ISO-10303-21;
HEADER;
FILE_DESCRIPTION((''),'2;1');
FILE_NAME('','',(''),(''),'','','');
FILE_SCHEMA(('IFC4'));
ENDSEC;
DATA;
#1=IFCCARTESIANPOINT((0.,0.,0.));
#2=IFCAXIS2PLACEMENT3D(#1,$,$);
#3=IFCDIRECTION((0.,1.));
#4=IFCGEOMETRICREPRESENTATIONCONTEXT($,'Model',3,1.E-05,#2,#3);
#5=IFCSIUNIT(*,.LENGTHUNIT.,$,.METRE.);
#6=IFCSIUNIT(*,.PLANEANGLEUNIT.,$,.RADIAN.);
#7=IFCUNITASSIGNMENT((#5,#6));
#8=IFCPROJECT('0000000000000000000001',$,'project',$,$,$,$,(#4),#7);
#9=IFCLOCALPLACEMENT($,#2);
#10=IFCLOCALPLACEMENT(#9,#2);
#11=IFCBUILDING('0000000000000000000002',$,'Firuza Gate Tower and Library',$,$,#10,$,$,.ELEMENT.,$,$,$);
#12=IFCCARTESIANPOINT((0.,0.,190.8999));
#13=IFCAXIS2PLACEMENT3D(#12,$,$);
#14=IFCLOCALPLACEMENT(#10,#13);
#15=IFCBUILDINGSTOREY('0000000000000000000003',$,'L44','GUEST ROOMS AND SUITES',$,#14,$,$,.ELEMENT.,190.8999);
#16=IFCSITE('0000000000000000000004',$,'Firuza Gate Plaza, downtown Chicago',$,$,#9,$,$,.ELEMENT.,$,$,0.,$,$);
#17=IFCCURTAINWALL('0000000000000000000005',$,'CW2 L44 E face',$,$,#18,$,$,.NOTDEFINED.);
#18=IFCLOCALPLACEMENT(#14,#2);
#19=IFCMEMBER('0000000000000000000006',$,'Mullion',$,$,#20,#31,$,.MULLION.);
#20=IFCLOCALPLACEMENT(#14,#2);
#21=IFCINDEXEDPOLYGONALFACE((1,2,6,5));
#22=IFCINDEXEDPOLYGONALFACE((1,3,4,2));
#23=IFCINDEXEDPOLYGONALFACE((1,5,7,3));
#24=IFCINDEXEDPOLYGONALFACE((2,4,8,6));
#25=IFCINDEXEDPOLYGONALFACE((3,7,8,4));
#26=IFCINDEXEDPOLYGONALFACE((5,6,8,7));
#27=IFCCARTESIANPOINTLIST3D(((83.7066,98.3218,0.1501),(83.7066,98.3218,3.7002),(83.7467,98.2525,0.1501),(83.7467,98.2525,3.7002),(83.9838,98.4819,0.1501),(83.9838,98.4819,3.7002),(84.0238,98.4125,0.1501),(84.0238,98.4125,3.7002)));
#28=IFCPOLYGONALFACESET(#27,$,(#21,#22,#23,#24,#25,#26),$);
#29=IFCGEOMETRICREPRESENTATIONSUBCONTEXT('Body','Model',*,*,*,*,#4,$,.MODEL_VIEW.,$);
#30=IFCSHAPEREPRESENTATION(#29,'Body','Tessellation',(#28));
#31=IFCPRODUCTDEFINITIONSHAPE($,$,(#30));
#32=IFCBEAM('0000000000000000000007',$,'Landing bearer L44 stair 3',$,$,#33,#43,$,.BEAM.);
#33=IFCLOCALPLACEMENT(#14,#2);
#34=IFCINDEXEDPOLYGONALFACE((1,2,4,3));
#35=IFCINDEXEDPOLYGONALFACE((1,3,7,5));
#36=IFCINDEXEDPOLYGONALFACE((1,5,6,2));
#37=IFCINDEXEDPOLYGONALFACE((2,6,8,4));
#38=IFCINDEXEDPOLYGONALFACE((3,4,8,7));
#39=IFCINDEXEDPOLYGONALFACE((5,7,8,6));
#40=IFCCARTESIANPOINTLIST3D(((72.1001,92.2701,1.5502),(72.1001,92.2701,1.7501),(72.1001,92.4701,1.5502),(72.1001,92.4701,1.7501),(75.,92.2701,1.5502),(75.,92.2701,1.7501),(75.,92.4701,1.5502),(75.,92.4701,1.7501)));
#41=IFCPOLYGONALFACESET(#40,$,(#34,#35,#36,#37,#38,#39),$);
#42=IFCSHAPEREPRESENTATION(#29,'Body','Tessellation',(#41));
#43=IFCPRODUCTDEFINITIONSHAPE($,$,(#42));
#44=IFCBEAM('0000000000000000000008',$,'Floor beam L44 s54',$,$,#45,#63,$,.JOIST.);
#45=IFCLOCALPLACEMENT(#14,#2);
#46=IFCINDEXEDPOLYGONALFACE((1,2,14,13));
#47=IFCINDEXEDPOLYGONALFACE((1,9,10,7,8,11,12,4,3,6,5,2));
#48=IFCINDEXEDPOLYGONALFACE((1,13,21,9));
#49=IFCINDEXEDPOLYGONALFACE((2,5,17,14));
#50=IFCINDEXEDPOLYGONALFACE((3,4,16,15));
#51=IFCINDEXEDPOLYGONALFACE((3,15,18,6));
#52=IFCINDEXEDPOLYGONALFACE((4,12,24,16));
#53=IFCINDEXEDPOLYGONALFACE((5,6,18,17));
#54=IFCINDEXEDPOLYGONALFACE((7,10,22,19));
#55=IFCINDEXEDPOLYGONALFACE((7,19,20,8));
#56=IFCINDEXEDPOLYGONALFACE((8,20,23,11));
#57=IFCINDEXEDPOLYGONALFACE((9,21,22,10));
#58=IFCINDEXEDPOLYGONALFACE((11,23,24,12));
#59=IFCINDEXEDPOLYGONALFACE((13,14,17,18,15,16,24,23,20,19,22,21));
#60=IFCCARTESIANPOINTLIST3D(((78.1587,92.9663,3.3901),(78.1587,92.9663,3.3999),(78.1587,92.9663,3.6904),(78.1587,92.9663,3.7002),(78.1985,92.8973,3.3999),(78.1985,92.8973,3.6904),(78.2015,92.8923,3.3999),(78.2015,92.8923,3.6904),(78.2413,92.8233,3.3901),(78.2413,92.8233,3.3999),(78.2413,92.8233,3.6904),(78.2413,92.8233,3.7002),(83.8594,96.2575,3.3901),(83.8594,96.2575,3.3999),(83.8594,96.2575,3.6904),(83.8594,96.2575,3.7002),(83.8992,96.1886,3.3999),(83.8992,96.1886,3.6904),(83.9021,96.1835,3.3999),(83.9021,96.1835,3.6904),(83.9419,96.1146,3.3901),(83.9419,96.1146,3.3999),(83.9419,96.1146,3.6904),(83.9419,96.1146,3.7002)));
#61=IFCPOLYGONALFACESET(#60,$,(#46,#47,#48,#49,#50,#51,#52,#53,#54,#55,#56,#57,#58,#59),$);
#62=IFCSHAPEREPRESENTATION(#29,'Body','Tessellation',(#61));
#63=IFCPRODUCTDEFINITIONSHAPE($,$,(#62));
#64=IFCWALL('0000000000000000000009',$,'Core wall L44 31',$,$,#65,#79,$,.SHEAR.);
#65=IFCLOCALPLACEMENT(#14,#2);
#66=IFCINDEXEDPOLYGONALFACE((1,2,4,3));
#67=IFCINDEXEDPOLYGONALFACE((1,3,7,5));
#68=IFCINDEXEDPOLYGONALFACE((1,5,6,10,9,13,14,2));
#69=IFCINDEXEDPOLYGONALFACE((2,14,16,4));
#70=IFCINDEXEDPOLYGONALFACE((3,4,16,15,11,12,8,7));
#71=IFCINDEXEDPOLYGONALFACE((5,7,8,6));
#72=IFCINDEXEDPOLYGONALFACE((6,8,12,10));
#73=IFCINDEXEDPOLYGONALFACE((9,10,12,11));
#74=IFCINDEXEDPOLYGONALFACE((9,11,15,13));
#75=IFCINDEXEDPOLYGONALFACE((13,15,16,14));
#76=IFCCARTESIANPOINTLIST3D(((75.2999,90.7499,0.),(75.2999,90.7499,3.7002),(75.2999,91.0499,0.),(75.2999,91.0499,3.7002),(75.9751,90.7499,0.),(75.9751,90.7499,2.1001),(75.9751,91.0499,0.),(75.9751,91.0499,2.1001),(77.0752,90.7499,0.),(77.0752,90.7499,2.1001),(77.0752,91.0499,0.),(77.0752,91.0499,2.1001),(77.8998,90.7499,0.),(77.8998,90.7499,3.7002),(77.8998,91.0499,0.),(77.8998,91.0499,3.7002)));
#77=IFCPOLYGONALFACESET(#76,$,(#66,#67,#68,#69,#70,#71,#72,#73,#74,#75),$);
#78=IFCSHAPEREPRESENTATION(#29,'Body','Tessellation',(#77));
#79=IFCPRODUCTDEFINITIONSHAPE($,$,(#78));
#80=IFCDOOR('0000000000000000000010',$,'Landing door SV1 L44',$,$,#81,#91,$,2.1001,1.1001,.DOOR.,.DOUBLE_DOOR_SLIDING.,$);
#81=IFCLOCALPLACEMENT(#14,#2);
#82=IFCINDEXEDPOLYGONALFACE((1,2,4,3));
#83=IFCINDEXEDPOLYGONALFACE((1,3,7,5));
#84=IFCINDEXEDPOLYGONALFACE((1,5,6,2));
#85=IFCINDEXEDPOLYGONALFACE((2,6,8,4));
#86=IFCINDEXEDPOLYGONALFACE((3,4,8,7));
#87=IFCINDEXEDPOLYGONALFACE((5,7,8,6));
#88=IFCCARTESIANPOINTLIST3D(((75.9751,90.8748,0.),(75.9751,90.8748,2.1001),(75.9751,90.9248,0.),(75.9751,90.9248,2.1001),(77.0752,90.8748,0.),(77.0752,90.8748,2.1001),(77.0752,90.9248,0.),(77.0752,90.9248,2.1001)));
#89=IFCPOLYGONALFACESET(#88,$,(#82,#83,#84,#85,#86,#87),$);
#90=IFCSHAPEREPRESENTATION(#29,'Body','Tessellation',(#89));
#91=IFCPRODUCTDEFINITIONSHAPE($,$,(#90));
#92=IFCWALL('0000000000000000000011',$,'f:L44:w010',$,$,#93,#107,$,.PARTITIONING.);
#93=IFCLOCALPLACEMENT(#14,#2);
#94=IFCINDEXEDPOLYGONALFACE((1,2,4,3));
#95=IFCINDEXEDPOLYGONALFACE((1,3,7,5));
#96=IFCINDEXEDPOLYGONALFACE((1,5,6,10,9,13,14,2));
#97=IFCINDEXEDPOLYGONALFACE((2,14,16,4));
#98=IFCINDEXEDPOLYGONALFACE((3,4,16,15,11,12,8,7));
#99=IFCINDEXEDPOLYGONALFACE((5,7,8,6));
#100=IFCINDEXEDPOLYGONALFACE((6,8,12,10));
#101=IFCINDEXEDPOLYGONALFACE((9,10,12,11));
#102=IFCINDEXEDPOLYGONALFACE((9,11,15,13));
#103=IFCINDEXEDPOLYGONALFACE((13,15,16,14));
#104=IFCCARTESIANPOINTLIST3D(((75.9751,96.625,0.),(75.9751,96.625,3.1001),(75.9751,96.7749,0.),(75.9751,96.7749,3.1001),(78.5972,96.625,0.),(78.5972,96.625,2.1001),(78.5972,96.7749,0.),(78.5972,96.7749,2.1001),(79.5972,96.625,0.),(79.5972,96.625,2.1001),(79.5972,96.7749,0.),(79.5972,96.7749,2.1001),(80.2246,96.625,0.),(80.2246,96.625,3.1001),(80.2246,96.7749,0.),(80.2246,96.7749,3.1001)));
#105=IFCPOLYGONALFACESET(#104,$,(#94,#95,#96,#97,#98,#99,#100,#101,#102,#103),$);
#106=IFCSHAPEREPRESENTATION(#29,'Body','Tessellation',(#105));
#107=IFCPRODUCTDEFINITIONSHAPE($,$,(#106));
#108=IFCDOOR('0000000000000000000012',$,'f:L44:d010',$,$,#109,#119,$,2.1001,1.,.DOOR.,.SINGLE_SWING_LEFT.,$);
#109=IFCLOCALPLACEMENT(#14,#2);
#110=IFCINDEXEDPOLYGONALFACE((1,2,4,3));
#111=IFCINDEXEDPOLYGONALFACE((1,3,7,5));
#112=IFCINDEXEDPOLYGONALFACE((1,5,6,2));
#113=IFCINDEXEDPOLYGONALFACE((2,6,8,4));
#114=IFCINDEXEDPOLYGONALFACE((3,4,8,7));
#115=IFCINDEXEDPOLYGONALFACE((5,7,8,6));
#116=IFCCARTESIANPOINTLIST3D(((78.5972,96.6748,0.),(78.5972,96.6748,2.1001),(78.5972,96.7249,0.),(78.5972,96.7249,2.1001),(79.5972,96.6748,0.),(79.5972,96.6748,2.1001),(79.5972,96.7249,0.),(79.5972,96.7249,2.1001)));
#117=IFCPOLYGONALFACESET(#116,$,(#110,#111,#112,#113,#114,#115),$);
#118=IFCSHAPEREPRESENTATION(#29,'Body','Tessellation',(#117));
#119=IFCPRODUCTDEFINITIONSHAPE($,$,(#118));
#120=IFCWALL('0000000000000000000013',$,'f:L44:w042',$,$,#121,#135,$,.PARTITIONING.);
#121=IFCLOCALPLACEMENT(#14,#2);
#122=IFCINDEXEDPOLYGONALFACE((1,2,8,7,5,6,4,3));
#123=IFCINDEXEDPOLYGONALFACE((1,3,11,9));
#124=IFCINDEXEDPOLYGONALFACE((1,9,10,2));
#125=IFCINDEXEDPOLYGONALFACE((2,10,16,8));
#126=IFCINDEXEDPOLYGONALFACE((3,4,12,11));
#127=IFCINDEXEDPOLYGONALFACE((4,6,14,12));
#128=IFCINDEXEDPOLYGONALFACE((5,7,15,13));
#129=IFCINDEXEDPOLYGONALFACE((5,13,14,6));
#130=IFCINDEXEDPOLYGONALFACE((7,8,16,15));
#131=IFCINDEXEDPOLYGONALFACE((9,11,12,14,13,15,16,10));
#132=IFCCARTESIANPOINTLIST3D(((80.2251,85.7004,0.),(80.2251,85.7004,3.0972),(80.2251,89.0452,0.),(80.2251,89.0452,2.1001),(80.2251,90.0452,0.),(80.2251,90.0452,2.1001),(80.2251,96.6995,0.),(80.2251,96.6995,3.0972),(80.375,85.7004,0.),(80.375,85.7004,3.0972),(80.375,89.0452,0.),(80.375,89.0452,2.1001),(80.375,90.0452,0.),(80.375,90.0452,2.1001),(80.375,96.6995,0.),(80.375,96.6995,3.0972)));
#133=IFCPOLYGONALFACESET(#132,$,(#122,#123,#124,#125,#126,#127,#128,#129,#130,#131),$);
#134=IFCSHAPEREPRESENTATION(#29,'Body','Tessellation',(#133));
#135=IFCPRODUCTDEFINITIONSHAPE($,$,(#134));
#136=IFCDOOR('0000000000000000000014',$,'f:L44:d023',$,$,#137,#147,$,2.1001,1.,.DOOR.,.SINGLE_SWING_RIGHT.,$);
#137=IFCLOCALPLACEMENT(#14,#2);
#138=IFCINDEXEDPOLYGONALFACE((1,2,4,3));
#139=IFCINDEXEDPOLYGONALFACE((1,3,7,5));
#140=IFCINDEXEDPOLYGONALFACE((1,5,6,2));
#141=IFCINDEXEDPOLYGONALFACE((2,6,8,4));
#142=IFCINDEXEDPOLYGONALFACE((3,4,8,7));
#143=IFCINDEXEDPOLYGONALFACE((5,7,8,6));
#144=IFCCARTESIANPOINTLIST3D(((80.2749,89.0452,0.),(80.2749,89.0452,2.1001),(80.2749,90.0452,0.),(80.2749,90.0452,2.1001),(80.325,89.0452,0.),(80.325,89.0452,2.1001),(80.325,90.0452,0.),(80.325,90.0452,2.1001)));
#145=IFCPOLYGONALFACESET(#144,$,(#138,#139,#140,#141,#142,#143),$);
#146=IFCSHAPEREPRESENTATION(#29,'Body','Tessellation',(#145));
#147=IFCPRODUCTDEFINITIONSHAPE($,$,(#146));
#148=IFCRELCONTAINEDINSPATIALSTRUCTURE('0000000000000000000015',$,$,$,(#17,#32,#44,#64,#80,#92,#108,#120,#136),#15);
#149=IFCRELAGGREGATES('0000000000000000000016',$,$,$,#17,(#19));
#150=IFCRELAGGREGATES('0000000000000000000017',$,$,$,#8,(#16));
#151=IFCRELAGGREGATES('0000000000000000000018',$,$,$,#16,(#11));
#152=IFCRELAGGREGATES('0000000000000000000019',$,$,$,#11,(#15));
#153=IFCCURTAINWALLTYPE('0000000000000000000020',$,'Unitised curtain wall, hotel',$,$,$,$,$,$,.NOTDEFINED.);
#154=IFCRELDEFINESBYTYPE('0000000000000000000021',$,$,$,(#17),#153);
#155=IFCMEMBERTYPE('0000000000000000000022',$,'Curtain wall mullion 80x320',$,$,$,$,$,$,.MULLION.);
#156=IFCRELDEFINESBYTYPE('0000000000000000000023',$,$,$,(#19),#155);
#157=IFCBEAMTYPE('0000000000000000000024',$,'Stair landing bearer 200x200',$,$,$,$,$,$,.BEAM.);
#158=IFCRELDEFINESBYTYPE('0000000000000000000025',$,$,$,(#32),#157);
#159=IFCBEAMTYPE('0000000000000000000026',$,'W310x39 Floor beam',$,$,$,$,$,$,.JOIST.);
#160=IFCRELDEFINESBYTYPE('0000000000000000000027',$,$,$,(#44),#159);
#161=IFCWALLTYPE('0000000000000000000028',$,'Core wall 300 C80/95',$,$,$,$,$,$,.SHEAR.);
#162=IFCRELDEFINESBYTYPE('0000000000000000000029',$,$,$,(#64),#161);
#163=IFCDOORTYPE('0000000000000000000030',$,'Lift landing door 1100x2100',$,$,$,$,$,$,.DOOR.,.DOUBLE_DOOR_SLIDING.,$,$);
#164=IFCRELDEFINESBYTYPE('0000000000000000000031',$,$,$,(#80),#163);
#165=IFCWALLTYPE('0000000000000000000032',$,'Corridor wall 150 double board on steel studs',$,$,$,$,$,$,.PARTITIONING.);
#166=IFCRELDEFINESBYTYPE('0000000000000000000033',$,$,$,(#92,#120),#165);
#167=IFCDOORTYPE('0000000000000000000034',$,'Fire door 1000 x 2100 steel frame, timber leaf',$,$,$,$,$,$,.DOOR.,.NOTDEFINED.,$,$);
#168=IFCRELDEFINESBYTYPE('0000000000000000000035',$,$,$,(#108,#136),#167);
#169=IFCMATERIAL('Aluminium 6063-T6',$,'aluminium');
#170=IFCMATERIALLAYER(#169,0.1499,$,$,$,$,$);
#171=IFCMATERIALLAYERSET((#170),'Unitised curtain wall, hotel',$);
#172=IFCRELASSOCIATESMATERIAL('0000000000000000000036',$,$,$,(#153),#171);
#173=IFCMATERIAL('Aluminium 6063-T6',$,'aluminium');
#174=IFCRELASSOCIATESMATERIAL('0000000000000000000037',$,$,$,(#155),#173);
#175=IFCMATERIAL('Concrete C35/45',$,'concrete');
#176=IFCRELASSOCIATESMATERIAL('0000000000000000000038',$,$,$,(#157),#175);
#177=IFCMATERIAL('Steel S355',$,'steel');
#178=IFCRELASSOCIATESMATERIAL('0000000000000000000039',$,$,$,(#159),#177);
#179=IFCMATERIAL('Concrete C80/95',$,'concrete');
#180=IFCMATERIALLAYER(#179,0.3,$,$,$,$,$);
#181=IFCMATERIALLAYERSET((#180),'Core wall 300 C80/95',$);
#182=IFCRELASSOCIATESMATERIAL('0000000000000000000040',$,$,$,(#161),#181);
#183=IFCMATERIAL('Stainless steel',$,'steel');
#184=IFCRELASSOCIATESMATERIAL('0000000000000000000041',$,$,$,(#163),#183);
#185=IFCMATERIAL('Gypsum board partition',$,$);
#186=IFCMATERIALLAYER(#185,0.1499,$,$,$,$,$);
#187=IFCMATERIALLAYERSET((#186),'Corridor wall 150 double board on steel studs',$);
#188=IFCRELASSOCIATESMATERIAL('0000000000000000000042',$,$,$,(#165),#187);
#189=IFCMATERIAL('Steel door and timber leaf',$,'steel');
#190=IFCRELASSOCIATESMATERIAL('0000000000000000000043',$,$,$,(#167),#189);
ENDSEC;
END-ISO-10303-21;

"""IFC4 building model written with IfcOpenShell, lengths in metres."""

from ifc_helpers import new_model, si_unit, direction, frame, frame_2d, origin, origin_2d, place, context, subcontext, project, spatial, rectangle, i_section, extrude, material, layer, layer_set, material_profile, profile_set, type_object, element, fill, aggregate, save


model = new_model("IFC4")

# Units and contexts
model_context = context("Model", 3, precision=1e-05, world=origin(), true_north=direction((0.0, 1.0)))
body_context = subcontext(model_context, "Body", "Model", "MODEL_VIEW")
ifc_project = project(units=[si_unit("LENGTHUNIT", "METRE"), si_unit("PLANEANGLEUNIT", "RADIAN")], contexts=[model_context])

# Site, building, storey
site_placement = place(None, origin())
site = spatial("IfcSite", under=ifc_project, at=site_placement, Name="Firuza Gate Plaza, downtown Chicago", CompositionType="ELEMENT", RefElevation=0.0)
building_placement = place(site_placement, origin())
building = spatial("IfcBuilding", under=site, at=building_placement, Name="Firuza Gate Tower and Library", CompositionType="ELEMENT")
storey_placement = place(building_placement, frame((0.0, 0.0, 190.8999)))
storey = spatial("IfcBuildingStorey", under=building, at=storey_placement, Name="L44", Description="GUEST ROOMS AND SUITES", CompositionType="ELEMENT", Elevation=190.8999)

# Curtain wall, member
ifc_material_1 = material(Name="Aluminium 6063-T6", Category="aluminium")
ifc_layer_1 = layer(ifc_material_1, 0.1499)
ifc_layer_set_1 = layer_set([ifc_layer_1], Name="Unitised curtain wall, hotel")
curtain_wall_type = type_object("IfcCurtainWallType", Name="Unitised curtain wall, hotel", PredefinedType="NOTDEFINED", material=ifc_layer_set_1)
placement = place(storey_placement, origin())
curtain_wall = element("IfcCurtainWall", 1, at=placement, inside=storey, type_object=curtain_wall_type, Name="CW2 L44 E face", PredefinedType="NOTDEFINED")
ifc_material_2 = material(Name="Aluminium 6063-T6", Category="aluminium")
ifc_material_profile_1 = material_profile(ifc_material_2, rectangle(XDim=0.3201, YDim=0.0801, at=origin_2d()))
ifc_profile_set_1 = profile_set([ifc_material_profile_1], Name="Aluminium 6063-T6")
member_type = type_object("IfcMemberType", Name="Curtain wall mullion 80x320", PredefinedType="MULLION", material=ifc_profile_set_1)
member_placement = place(storey_placement, frame((83.8652, 98.3672, 0.1501), z_axis=(0.0, 0.0, 1.0), x_axis=(-0.866025, -0.5, 0.0)))
member = element("IfcMember", 2, at=member_placement, type_object=member_type, Name="Mullion", PredefinedType="MULLION", context=body_context, shape_type="SweptSolid", body=[
    extrude(rectangle(XDim=0.3201, YDim=0.0801, at=origin_2d()), origin(), (0.0, 0.0, 1.0), 3.55),
])
aggregate(curtain_wall, [member])

# Beams
ifc_material_3 = material(Name="Concrete C35/45", Category="concrete")
ifc_material_profile_2 = material_profile(ifc_material_3, rectangle(XDim=0.2, YDim=0.2, at=origin_2d()))
ifc_profile_set_2 = profile_set([ifc_material_profile_2], Name="Concrete C35/45")
beam_type_1 = type_object("IfcBeamType", Name="Stair landing bearer 200x200", PredefinedType="BEAM", material=ifc_profile_set_2)
beam_1_placement = place(storey_placement, frame((75.0, 92.3701, 1.6501), z_axis=(-1.0, 0.0, 0.0), x_axis=(0.0, -1.0, 0.0)))
element("IfcBeam", 3, at=beam_1_placement, inside=storey, type_object=beam_type_1, Name="Landing bearer L44 stair 3", PredefinedType="BEAM", context=body_context, shape_type="SweptSolid", body=[
    extrude(rectangle(XDim=0.2, YDim=0.2, at=origin_2d()), origin(), (0.0, 0.0, 1.0), 2.8999),
])
ifc_material_4 = material(Name="Steel S355", Category="steel")
ifc_material_profile_3 = material_profile(ifc_material_4, i_section(OverallWidth=0.165, OverallDepth=0.3101, WebThickness=0.0059, FlangeThickness=0.0098, at=origin_2d()))
ifc_profile_set_3 = profile_set([ifc_material_profile_3], Name="Steel S355")
beam_type_2 = type_object("IfcBeamType", Name="W310x39 Floor beam", PredefinedType="JOIST", material=ifc_profile_set_3)
beam_2_placement = place(storey_placement, frame((83.9006, 96.186, 3.5452), z_axis=(-0.866027, -0.499996, 0.0), x_axis=(0.499996, -0.866027, 0.0)))
element("IfcBeam", 4, at=beam_2_placement, inside=storey, type_object=beam_type_2, Name="Floor beam L44 s54", PredefinedType="JOIST", context=body_context, shape_type="SweptSolid", body=[
    extrude(i_section(OverallWidth=0.165, OverallDepth=0.3101, WebThickness=0.0059, FlangeThickness=0.0098, at=origin_2d()), origin(), (0.0, 0.0, 1.0), 6.5825),
])

# Walls, openings, doors
ifc_material_5 = material(Name="Concrete C80/95", Category="concrete")
ifc_layer_2 = layer(ifc_material_5, 0.3)
ifc_layer_set_2 = layer_set([ifc_layer_2], Name="Core wall 300 C80/95")
wall_type_1 = type_object("IfcWallType", Name="Core wall 300 C80/95", PredefinedType="SHEAR", material=ifc_layer_set_2)
wall_1_placement = place(storey_placement, frame((75.3, 90.8999, 0.0), z_axis=(0.0, 0.0, 1.0), x_axis=(1.0, 0.0, 0.0)))
wall_1 = element("IfcWall", 5, at=wall_1_placement, inside=storey, type_object=wall_type_1, Name="Core wall L44 31", PredefinedType="SHEAR", context=body_context, shape_type="SweptSolid", body=[
    extrude(rectangle(XDim=2.5999, YDim=0.3, at=frame_2d((1.2998, 0.0))), origin(), (0.0, 0.0, 1.0), 3.7002),
])
opening_1_placement = place(wall_1_placement, frame((0.675, 0.0, 0.0)))
opening_1 = element("IfcOpeningElement", 6, at=opening_1_placement, cuts=wall_1, PredefinedType="OPENING", context=body_context, shape_type="SweptSolid", body=[
    extrude(rectangle(XDim=1.1001, YDim=2.1001, at=frame_2d((0.55, 1.05))), frame((0.0, 0.1602, 0.0), z_axis=(0.0, -1.0, 0.0), x_axis=(1.0, 0.0, 0.0)), (0.0, 0.0, 1.0), 0.3201),
])
ifc_material_6 = material(Name="Stainless steel", Category="steel")
door_type_1 = type_object("IfcDoorType", Name="Lift landing door 1100x2100", OperationType="DOUBLE_DOOR_SLIDING", PredefinedType="DOOR", material=ifc_material_6)
door_1_placement = place(opening_1_placement, origin())
door_1 = element("IfcDoor", 7, at=door_1_placement, inside=storey, type_object=door_type_1, Name="Landing door SV1 L44", OperationType="DOUBLE_DOOR_SLIDING", OverallHeight=2.1001, OverallWidth=1.1001, PredefinedType="DOOR", context=body_context, shape_type="SweptSolid", body=[
    extrude(rectangle(XDim=1.1001, YDim=2.1001, at=frame_2d((0.55, 1.05))), frame((0.0, 0.0249, 0.0), z_axis=(0.0, -1.0, 0.0), x_axis=(1.0, 0.0, 0.0)), (0.0, 0.0, 1.0), 0.05),
])
fill(opening_1, door_1)
ifc_material_7 = material(Name="Gypsum board partition")
ifc_layer_3 = layer(ifc_material_7, 0.1499)
ifc_layer_set_3 = layer_set([ifc_layer_3], Name="Corridor wall 150 double board on steel studs")
wall_type_2 = type_object("IfcWallType", Name="Corridor wall 150 double board on steel studs", PredefinedType="PARTITIONING", material=ifc_layer_set_3)
wall_2_placement = place(storey_placement, frame((75.9751, 96.7, 0.0), z_axis=(0.0, 0.0, 1.0), x_axis=(1.0, 0.0, 0.0)))
wall_2 = element("IfcWall", 8, at=wall_2_placement, inside=storey, type_object=wall_type_2, Name="f:L44:w010", PredefinedType="PARTITIONING", context=body_context, shape_type="SweptSolid", body=[
    extrude(rectangle(XDim=4.2495, YDim=0.1499, at=frame_2d((2.1248, 0.0))), origin(), (0.0, 0.0, 1.0), 3.1001),
])
opening_2_placement = place(wall_2_placement, frame((2.6221, 0.0, 0.0)))
opening_2 = element("IfcOpeningElement", 9, at=opening_2_placement, cuts=wall_2, PredefinedType="OPENING", context=body_context, shape_type="SweptSolid", body=[
    extrude(rectangle(XDim=1.0, YDim=2.1001, at=frame_2d((0.5, 1.05))), frame((0.0, 0.085, 0.0), z_axis=(0.0, -1.0, 0.0), x_axis=(1.0, 0.0, 0.0)), (0.0, 0.0, 1.0), 0.1699),
])
ifc_material_8 = material(Name="Steel door and timber leaf", Category="steel")
door_type_2 = type_object("IfcDoorType", Name="Fire door 1000 x 2100 steel frame, timber leaf", OperationType="NOTDEFINED", PredefinedType="DOOR", material=ifc_material_8)
door_2_placement = place(opening_2_placement, origin())
door_2 = element("IfcDoor", 10, at=door_2_placement, inside=storey, type_object=door_type_2, Name="f:L44:d010", OperationType="SINGLE_SWING_LEFT", OverallHeight=2.1001, OverallWidth=1.0, PredefinedType="DOOR", context=body_context, shape_type="SweptSolid", body=[
    extrude(rectangle(XDim=1.0, YDim=2.1001, at=frame_2d((0.5, 1.05))), frame((0.0, 0.0249, 0.0), z_axis=(0.0, -1.0, 0.0), x_axis=(1.0, 0.0, 0.0)), (0.0, 0.0, 1.0), 0.05),
])
fill(opening_2, door_2)
wall_3_placement = place(storey_placement, frame((80.3, 96.6995, 0.0), z_axis=(0.0, 0.0, 1.0), x_axis=(0.0, -1.0, 0.0)))
wall_3 = element("IfcWall", 11, at=wall_3_placement, inside=storey, type_object=wall_type_2, Name="f:L44:w042", PredefinedType="PARTITIONING", context=body_context, shape_type="SweptSolid", body=[
    extrude(rectangle(XDim=10.999, YDim=0.1499, at=frame_2d((5.4995, 0.0))), origin(), (0.0, 0.0, 1.0), 3.0972),
])
opening_3_placement = place(wall_3_placement, frame((6.6543, 0.0, 0.0)))
opening_3 = element("IfcOpeningElement", 12, at=opening_3_placement, cuts=wall_3, PredefinedType="OPENING", context=body_context, shape_type="SweptSolid", body=[
    extrude(rectangle(XDim=1.0, YDim=2.1001, at=frame_2d((0.5, 1.05))), frame((0.0, 0.085, 0.0), z_axis=(0.0, -1.0, 0.0), x_axis=(1.0, 0.0, 0.0)), (0.0, 0.0, 1.0), 0.1699),
])
door_3_placement = place(opening_3_placement, origin())
door_3 = element("IfcDoor", 13, at=door_3_placement, inside=storey, type_object=door_type_2, Name="f:L44:d023", OperationType="SINGLE_SWING_RIGHT", OverallHeight=2.1001, OverallWidth=1.0, PredefinedType="DOOR", context=body_context, shape_type="SweptSolid", body=[
    extrude(rectangle(XDim=1.0, YDim=2.1001, at=frame_2d((0.5, 1.05))), frame((0.0, 0.0249, 0.0), z_axis=(0.0, -1.0, 0.0), x_axis=(1.0, 0.0, 0.0)), (0.0, 0.0, 1.0), 0.05),
])
fill(opening_3, door_3)

save(model, "model.ifc")
